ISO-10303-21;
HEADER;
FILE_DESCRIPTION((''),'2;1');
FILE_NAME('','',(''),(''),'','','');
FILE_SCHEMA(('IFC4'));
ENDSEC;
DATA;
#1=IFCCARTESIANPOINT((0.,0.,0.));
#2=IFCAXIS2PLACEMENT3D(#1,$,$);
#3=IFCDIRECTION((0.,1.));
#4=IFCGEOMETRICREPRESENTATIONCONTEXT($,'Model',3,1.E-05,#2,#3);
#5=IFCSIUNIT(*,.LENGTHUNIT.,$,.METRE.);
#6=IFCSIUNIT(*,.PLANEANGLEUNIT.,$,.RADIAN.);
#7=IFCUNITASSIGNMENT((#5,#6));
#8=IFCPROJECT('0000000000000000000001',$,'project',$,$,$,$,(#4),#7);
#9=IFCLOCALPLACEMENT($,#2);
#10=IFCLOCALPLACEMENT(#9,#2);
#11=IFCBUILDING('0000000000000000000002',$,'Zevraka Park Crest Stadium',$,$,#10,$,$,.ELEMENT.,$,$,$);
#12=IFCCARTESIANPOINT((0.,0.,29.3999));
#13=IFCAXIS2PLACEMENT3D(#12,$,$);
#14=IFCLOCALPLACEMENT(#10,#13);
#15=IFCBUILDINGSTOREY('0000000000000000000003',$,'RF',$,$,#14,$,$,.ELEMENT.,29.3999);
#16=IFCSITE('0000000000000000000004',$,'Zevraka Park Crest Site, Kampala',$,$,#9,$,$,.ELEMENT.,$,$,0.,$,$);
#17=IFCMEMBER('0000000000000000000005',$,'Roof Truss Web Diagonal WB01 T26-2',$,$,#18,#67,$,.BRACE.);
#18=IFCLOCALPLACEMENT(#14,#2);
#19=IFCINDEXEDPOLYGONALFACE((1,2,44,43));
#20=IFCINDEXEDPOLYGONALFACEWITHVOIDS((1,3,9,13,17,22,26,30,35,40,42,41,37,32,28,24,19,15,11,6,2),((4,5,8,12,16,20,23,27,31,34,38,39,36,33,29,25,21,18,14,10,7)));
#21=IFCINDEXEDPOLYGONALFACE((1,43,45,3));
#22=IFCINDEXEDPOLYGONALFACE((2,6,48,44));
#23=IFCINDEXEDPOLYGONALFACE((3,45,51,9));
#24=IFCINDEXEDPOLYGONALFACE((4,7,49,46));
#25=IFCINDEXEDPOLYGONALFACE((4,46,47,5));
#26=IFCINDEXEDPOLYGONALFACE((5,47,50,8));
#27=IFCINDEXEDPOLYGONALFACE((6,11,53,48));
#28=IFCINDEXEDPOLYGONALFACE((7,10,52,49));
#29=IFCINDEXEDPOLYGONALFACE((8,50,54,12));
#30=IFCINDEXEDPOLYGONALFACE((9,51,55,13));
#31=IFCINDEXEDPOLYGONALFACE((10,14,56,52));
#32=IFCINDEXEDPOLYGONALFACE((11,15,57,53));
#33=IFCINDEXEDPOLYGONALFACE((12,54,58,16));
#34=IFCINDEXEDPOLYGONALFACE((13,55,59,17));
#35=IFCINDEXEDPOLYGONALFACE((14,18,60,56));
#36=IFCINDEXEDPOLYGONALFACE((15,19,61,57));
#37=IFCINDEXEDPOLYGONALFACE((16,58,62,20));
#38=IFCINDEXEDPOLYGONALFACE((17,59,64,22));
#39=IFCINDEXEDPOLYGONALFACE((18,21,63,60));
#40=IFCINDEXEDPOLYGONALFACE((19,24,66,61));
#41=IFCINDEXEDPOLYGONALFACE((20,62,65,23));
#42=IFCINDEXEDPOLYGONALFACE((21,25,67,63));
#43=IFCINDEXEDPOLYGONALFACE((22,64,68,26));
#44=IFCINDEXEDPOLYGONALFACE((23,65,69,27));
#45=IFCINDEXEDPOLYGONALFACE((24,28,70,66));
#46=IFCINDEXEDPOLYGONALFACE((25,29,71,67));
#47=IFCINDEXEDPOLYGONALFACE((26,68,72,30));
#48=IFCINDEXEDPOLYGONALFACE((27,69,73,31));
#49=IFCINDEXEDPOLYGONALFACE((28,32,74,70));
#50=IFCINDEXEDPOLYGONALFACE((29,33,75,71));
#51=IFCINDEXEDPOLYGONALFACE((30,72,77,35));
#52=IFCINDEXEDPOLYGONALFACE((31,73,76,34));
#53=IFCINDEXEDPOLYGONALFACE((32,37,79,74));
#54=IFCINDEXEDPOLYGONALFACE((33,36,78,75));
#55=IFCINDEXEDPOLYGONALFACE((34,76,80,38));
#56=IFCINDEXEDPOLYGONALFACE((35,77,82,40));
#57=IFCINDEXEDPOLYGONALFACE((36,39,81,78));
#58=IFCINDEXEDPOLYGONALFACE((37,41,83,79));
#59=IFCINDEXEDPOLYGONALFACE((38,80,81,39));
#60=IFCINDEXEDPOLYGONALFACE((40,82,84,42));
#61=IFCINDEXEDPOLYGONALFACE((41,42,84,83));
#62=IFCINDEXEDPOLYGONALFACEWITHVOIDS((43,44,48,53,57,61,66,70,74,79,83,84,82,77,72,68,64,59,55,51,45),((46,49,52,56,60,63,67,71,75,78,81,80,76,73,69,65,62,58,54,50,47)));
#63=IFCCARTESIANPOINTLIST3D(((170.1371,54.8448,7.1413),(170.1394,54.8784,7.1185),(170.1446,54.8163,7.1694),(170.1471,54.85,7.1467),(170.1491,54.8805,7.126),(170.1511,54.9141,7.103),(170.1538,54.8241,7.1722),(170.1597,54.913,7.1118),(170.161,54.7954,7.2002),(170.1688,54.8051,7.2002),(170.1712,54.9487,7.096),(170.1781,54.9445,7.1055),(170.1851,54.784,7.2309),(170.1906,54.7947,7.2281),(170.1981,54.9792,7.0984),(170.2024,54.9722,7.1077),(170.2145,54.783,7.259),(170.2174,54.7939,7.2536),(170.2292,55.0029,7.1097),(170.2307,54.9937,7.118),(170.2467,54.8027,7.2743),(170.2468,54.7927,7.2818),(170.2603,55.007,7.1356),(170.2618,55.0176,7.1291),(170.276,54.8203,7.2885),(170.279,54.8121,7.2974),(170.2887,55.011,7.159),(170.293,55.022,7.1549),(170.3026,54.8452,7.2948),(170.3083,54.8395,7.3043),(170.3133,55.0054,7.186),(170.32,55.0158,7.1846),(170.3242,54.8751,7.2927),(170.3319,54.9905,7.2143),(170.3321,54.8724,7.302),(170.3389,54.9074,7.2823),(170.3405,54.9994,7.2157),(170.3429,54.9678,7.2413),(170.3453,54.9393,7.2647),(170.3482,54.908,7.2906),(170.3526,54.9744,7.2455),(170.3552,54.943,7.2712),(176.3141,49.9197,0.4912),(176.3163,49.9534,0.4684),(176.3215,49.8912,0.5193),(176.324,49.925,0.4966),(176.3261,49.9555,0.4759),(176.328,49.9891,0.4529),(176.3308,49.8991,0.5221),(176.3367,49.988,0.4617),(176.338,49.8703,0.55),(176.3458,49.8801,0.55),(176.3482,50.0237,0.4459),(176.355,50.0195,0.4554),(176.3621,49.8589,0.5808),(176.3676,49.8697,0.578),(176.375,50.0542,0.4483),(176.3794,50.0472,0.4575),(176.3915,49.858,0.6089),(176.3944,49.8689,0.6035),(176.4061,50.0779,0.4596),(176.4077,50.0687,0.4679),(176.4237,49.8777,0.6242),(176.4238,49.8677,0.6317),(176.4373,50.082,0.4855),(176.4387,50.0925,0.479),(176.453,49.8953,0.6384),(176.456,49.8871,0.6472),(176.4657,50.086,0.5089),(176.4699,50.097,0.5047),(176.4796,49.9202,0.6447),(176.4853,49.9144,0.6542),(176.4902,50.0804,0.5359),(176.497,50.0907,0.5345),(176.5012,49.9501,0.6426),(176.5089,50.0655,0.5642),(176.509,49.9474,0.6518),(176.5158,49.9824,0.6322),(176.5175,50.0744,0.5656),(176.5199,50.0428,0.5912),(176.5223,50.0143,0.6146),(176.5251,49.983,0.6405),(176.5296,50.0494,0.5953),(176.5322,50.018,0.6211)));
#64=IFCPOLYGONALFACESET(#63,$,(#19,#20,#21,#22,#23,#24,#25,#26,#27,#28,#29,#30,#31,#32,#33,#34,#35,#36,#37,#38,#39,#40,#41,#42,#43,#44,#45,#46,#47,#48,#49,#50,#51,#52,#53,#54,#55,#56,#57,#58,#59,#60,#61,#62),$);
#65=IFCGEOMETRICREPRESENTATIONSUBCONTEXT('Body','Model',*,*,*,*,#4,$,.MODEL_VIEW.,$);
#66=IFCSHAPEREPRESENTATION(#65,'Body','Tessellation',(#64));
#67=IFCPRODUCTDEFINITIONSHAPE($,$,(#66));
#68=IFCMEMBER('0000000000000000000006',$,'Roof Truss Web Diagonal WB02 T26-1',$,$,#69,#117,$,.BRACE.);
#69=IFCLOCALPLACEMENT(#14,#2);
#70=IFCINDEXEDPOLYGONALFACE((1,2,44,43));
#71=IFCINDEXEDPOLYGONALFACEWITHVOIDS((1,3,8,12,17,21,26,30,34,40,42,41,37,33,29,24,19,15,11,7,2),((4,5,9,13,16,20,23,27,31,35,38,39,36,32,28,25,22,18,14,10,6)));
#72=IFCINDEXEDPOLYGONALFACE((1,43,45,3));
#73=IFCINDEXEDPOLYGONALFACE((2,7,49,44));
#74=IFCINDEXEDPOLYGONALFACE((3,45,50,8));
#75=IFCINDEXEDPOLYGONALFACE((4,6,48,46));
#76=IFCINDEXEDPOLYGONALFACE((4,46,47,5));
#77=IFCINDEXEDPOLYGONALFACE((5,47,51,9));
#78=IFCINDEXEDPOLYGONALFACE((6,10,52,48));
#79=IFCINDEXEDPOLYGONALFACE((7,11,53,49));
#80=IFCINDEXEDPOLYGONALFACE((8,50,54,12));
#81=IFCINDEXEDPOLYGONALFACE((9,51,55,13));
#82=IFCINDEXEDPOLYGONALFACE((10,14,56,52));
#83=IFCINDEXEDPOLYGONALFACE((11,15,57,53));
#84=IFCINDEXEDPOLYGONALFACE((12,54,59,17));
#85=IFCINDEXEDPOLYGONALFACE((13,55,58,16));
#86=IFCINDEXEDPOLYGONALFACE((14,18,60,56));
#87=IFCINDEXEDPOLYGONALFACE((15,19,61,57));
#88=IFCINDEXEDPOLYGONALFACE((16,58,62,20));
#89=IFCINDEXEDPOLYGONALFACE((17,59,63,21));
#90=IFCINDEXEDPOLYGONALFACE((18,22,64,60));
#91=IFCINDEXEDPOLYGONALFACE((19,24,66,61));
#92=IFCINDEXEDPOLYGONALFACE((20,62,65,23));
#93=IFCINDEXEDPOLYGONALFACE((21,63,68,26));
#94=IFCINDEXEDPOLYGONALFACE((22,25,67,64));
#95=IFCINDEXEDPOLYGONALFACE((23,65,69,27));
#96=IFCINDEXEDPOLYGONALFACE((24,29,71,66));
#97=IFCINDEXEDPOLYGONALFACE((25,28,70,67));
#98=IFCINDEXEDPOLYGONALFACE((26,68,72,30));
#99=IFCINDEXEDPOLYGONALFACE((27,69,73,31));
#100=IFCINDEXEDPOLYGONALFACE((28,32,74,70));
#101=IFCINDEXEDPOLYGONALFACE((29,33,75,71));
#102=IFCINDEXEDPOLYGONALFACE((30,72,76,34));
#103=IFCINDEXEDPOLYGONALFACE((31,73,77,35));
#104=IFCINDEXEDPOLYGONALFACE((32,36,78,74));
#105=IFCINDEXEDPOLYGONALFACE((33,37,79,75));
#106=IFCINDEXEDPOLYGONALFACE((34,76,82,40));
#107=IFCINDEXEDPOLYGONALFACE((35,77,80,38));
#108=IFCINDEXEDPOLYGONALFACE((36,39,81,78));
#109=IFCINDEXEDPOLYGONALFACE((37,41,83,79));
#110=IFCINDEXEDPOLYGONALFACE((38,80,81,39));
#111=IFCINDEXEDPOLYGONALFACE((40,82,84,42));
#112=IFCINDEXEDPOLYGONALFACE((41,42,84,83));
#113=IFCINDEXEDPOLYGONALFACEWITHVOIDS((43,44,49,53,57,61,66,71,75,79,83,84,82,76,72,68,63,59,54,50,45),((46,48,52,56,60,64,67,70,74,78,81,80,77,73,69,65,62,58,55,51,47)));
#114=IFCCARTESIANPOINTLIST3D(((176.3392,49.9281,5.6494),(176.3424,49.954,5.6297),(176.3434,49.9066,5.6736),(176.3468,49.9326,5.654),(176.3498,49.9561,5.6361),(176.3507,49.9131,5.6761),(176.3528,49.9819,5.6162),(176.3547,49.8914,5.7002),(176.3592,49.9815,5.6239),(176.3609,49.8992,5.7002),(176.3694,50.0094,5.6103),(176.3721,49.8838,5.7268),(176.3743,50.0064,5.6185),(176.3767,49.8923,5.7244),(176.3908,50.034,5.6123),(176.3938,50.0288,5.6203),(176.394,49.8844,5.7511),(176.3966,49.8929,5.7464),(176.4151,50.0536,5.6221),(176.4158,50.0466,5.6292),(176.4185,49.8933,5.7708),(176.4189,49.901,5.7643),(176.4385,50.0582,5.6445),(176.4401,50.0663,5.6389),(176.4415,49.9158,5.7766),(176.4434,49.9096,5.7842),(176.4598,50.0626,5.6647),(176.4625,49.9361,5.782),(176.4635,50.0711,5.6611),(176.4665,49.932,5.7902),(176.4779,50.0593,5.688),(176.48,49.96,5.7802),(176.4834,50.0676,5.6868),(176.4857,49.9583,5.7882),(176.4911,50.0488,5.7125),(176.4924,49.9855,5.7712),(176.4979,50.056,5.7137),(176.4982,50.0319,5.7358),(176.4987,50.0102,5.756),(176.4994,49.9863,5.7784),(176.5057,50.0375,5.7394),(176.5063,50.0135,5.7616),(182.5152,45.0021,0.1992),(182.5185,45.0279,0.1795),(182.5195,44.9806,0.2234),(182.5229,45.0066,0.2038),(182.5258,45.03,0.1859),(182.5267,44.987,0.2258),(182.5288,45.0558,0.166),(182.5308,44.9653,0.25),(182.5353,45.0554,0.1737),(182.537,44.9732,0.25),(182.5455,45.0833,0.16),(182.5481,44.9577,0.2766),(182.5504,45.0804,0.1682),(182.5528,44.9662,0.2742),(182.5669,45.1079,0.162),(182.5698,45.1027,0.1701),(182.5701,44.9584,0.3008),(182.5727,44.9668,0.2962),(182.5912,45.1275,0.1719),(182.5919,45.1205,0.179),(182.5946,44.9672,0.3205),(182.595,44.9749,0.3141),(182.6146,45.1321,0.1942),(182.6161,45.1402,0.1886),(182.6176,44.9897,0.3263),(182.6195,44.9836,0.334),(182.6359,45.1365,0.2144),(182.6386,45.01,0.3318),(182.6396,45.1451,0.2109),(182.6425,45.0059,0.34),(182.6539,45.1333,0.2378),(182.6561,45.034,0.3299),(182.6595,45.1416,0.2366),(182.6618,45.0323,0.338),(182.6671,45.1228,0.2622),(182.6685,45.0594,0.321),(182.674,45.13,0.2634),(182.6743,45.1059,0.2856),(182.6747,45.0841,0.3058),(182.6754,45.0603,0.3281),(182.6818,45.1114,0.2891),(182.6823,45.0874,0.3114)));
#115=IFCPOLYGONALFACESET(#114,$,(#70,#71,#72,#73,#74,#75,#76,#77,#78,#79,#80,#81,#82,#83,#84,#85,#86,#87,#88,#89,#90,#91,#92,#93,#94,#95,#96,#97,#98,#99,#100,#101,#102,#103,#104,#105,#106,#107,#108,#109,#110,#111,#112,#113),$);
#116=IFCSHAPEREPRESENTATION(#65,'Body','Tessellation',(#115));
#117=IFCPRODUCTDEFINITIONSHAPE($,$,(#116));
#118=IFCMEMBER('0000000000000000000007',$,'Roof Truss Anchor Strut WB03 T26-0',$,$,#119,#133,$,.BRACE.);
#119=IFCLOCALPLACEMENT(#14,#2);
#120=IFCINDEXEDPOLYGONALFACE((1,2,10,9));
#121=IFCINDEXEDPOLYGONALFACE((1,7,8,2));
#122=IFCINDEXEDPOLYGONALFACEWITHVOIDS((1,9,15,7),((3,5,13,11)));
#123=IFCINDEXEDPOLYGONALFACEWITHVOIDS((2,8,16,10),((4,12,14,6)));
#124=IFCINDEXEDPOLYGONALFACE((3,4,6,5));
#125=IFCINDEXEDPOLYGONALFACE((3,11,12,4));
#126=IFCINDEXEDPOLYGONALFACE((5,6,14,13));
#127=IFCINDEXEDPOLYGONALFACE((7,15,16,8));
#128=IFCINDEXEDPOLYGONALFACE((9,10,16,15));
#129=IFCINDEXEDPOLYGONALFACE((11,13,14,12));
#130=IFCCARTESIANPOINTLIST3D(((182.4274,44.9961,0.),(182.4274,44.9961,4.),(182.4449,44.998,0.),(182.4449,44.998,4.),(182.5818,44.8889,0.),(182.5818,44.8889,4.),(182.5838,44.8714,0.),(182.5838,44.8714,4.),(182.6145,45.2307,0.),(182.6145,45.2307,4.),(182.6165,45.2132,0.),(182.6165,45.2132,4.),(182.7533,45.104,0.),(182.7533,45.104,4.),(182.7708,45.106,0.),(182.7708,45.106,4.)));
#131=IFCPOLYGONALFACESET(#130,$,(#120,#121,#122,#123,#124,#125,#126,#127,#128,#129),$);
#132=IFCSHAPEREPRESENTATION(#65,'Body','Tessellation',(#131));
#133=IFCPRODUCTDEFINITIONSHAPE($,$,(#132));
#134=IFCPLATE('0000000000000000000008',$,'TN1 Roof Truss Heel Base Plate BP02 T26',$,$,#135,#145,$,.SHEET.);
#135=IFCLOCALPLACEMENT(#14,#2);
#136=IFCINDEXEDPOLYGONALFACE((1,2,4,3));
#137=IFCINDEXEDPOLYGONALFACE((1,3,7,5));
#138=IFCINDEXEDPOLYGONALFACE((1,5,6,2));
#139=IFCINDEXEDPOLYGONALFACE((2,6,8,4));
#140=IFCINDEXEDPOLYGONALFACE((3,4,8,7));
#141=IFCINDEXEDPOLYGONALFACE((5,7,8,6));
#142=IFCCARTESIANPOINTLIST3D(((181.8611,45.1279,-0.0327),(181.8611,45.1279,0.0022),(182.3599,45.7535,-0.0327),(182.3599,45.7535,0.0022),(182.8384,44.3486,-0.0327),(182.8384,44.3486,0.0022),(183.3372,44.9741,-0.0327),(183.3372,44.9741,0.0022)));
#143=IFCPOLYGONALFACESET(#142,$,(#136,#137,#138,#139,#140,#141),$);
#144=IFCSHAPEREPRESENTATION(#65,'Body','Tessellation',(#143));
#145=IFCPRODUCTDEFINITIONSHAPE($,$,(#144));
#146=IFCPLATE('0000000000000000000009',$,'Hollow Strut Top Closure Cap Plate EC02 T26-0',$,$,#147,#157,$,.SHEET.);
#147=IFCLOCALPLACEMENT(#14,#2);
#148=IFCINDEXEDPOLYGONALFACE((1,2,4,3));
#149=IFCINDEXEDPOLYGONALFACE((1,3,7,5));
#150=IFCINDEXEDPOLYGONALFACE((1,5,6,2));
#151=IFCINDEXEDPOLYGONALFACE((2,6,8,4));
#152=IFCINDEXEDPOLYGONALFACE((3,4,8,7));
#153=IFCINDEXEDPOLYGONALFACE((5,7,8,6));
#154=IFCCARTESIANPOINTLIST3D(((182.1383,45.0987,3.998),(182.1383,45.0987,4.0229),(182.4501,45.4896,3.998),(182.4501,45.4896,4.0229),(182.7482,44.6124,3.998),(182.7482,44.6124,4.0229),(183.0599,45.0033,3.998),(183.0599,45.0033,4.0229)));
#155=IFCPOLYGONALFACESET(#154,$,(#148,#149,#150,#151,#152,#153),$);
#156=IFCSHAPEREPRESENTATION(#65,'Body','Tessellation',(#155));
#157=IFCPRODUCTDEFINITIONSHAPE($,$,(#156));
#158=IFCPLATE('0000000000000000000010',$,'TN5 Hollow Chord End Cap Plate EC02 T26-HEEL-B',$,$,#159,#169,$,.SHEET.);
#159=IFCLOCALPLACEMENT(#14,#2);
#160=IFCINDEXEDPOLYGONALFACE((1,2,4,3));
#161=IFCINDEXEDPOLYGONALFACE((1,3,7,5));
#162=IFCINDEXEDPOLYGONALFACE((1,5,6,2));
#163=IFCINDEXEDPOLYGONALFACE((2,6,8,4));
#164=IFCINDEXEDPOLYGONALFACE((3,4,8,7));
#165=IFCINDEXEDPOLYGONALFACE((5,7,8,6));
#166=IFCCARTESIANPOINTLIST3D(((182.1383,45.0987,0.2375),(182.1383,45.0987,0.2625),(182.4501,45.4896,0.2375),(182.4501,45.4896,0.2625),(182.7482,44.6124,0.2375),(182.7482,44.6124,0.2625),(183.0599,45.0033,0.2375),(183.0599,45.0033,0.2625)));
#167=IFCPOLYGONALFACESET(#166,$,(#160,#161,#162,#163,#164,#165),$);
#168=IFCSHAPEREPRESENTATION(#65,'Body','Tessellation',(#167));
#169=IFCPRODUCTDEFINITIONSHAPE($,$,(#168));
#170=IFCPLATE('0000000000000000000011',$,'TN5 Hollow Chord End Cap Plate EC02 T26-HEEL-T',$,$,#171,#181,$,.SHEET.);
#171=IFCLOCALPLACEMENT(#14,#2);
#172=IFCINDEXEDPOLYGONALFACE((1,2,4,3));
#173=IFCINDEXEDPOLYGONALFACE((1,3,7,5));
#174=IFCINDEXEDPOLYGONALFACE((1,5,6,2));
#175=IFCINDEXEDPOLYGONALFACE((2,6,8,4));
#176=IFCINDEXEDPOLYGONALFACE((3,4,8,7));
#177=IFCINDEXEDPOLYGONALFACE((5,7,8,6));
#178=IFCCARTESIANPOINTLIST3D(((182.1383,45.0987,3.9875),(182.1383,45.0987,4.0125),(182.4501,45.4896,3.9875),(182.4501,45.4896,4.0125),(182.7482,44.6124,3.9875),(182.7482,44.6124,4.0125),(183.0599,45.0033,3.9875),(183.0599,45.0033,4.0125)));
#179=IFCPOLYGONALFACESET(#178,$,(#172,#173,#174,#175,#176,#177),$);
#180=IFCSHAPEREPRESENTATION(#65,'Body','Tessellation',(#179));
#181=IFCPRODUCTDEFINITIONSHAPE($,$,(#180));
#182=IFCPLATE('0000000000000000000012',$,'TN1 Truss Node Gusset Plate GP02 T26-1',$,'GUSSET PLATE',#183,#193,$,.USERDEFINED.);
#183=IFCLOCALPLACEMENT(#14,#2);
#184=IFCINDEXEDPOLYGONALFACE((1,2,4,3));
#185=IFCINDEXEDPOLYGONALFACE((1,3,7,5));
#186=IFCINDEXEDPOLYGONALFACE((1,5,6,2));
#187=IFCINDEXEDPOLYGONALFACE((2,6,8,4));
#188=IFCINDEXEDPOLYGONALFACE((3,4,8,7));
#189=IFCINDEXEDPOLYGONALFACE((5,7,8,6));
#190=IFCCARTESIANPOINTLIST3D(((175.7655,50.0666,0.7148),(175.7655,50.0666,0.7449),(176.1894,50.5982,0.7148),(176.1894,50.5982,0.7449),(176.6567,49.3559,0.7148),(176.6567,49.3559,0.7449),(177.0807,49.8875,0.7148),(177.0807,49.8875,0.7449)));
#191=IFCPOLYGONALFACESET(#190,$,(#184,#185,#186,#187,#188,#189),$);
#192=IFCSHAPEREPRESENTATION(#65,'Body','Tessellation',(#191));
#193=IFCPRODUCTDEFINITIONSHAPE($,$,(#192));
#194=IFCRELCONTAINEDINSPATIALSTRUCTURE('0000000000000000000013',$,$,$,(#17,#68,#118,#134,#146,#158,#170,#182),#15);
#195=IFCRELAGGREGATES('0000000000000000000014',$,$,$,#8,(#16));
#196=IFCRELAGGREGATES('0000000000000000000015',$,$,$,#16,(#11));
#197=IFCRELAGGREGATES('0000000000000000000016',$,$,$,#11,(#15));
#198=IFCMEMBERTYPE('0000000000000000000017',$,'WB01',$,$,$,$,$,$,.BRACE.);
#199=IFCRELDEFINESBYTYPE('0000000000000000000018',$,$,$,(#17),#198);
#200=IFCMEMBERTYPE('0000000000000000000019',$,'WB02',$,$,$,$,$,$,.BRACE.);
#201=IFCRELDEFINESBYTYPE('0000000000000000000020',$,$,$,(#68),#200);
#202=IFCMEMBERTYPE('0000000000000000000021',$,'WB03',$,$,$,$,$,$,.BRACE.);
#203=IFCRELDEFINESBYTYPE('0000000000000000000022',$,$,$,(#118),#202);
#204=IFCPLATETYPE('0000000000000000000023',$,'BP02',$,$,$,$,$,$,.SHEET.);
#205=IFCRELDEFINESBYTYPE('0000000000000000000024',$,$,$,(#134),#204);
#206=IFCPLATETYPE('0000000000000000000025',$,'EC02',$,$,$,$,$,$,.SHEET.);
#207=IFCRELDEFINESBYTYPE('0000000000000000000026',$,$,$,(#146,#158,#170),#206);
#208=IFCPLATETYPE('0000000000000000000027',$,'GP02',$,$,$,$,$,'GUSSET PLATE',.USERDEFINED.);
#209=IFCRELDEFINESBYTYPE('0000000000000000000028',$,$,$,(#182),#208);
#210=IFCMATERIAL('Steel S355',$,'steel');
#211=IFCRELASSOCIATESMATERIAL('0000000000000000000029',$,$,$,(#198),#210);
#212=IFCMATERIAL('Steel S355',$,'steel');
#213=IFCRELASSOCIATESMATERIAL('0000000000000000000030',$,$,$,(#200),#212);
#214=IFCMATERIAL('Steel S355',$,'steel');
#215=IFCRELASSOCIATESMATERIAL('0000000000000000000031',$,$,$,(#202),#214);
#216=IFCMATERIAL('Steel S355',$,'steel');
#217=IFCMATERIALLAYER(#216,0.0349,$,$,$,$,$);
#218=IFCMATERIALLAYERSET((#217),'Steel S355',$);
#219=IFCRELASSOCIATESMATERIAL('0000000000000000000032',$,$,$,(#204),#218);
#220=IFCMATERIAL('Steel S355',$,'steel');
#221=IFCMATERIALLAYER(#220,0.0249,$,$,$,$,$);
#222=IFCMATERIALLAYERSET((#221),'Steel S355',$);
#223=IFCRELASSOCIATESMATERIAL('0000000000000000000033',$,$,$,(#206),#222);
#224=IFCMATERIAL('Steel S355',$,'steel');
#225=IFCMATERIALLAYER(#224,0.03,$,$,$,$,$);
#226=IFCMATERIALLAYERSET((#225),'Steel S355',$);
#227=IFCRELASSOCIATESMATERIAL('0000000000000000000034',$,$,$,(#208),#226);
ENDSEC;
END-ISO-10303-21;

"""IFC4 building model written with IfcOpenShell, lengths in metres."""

from ifc_helpers import new_model, si_unit, direction, frame, origin, origin_2d, place, context, subcontext, project, spatial, rectangle, hollow_rectangle, hollow_circle, extrude, material, layer, layer_set, material_profile, profile_set, type_object, element, save


model = new_model("IFC4")

# Units and contexts
model_context = context("Model", 3, precision=1e-05, world=origin(), true_north=direction((0.0, 1.0)))
body_context = subcontext(model_context, "Body", "Model", "MODEL_VIEW")
ifc_project = project(units=[si_unit("LENGTHUNIT", "METRE"), si_unit("PLANEANGLEUNIT", "RADIAN")], contexts=[model_context])

# Site, building, storey
site_placement = place(None, origin())
site = spatial("IfcSite", under=ifc_project, at=site_placement, Name="Zevraka Park Crest Site, Kampala", CompositionType="ELEMENT", RefElevation=0.0)
building_placement = place(site_placement, origin())
building = spatial("IfcBuilding", under=site, at=building_placement, Name="Zevraka Park Crest Stadium", CompositionType="ELEMENT")
storey_placement = place(building_placement, frame((0.0, 0.0, 29.3999)))
storey = spatial("IfcBuildingStorey", under=building, at=storey_placement, Name="RF", CompositionType="ELEMENT", Elevation=29.3999)

# Members
ifc_material_1 = material(Name="Steel S355", Category="steel")
ifc_material_profile_1 = material_profile(ifc_material_1, hollow_circle(Radius=0.1365, WallThickness=0.0125, at=origin_2d()), Name="CHS 273.0x12.5")
ifc_profile_set_1 = profile_set([ifc_material_profile_1], Name="Steel S355")
member_type_1 = type_object("IfcMemberType", Name="WB01", PredefinedType="BRACE", material=ifc_profile_set_1)
member_1_placement = place(storey_placement, frame((176.4231, 49.9771, 0.55), z_axis=(-0.598172, 0.476935, 0.643991), x_axis=(-0.623417, -0.78189, 0.0)))
element("IfcMember", 1, at=member_1_placement, inside=storey, type_object=member_type_1, Name="Roof Truss Web Diagonal WB01 T26-2", PredefinedType="BRACE", context=body_context, shape_type="SweptSolid", body=[
    extrude(hollow_circle(Radius=0.1365, WallThickness=0.0125, at=origin_2d()), origin(), (0.0, 0.0, 1.0), 10.3264),
])
ifc_material_2 = material(Name="Steel S355", Category="steel")
ifc_material_profile_2 = material_profile(ifc_material_2, hollow_circle(Radius=0.1096, WallThickness=0.01, at=origin_2d()), Name="CHS 219.1x10")
ifc_profile_set_2 = profile_set([ifc_material_profile_2], Name="Steel S355")
member_type_2 = type_object("IfcMemberType", Name="WB02", PredefinedType="BRACE", material=ifc_profile_set_2)
member_2_placement = place(storey_placement, frame((182.5991, 45.051, 0.25), z_axis=(-0.643498, 0.513257, 0.567872), x_axis=(-0.623552, -0.781782, 0.0)))
element("IfcMember", 2, at=member_2_placement, inside=storey, type_object=member_type_2, Name="Roof Truss Web Diagonal WB02 T26-1", PredefinedType="BRACE", context=body_context, shape_type="SweptSolid", body=[
    extrude(hollow_circle(Radius=0.1096, WallThickness=0.01, at=origin_2d()), origin(), (0.0, 0.0, 1.0), 9.5977),
])
ifc_material_3 = material(Name="Steel S355", Category="steel")
ifc_material_profile_3 = material_profile(ifc_material_3, hollow_rectangle(XDim=0.2, YDim=0.3, WallThickness=0.0125, at=origin_2d()), Name="RHS 300x200x12.5")
ifc_profile_set_3 = profile_set([ifc_material_profile_3], Name="Steel S355")
member_type_3 = type_object("IfcMemberType", Name="WB03", PredefinedType="BRACE", material=ifc_profile_set_3)
member_3_placement = place(storey_placement, frame((182.5991, 45.051, 0.0), z_axis=(0.0, 0.0, 1.0), x_axis=(-0.781847, 0.62347, 0.0)))
element("IfcMember", 3, at=member_3_placement, inside=storey, type_object=member_type_3, Name="Roof Truss Anchor Strut WB03 T26-0", PredefinedType="BRACE", context=body_context, shape_type="SweptSolid", body=[
    extrude(hollow_rectangle(XDim=0.2, YDim=0.3, WallThickness=0.0125, at=origin_2d()), origin(), (0.0, 0.0, 1.0), 4.0),
])

# Plates
ifc_material_4 = material(Name="Steel S355", Category="steel")
ifc_layer_1 = layer(ifc_material_4, 0.0349)
ifc_layer_set_1 = layer_set([ifc_layer_1], Name="Steel S355")
plate_type_1 = type_object("IfcPlateType", Name="BP02", PredefinedType="SHEET", material=ifc_layer_set_1)
plate_1_placement = place(storey_placement, frame((182.5991, 45.051, -0.0327), z_axis=(0.0, 0.0, 1.0), x_axis=(-0.781847, 0.62347, 0.0)))
element("IfcPlate", 4, at=plate_1_placement, inside=storey, type_object=plate_type_1, Name="TN1 Roof Truss Heel Base Plate BP02 T26", PredefinedType="SHEET", context=body_context, shape_type="SweptSolid", body=[
    extrude(rectangle(XDim=1.25, YDim=0.8, at=origin_2d()), origin(), (0.0, 0.0, 1.0), 0.0349),
])
ifc_material_5 = material(Name="Steel S355", Category="steel")
ifc_layer_2 = layer(ifc_material_5, 0.0249)
ifc_layer_set_2 = layer_set([ifc_layer_2], Name="Steel S355")
plate_type_2 = type_object("IfcPlateType", Name="EC02", PredefinedType="SHEET", material=ifc_layer_set_2)
for number, where, z_axis, x_axis, name in (
    (5, (182.5991, 45.051, 3.998), (0.0, 0.0, 1.0), (-0.781847, 0.62347, 0.0), "Hollow Strut Top Closure Cap Plate EC02 T26-0"),
    (6, (182.5991, 45.051, 0.2375), (0.0, 0.0, 1.0), (-0.781847, 0.62347, 0.0), "TN5 Hollow Chord End Cap Plate EC02 T26-HEEL-B"),
    (7, (182.5991, 45.051, 3.9875), (0.0, 0.0, 1.0), (-0.781847, 0.62347, 0.0), "TN5 Hollow Chord End Cap Plate EC02 T26-HEEL-T"),
):
    element("IfcPlate", number, at=place(storey_placement, frame(where, z_axis=z_axis, x_axis=x_axis)), inside=storey, type_object=plate_type_2, Name=name, PredefinedType="SHEET", context=body_context, shape_type="SweptSolid", body=[
        extrude(rectangle(XDim=0.78, YDim=0.5, at=origin_2d()), origin(), (0.0, 0.0, 1.0), 0.0249),
    ])
ifc_material_6 = material(Name="Steel S355", Category="steel")
ifc_layer_3 = layer(ifc_material_6, 0.03)
ifc_layer_set_3 = layer_set([ifc_layer_3], Name="Steel S355")
plate_type_3 = type_object("IfcPlateType", Name="GP02", ElementType="GUSSET PLATE", PredefinedType="USERDEFINED", material=ifc_layer_set_3)
plate_2_placement = place(storey_placement, frame((176.4231, 49.9771, 0.7148), z_axis=(0.0, 0.0, 1.0), x_axis=(-0.781847, 0.62347, 0.0)))
element("IfcPlate", 8, at=plate_2_placement, inside=storey, type_object=plate_type_3, Name="TN1 Truss Node Gusset Plate GP02 T26-1", ObjectType="GUSSET PLATE", PredefinedType="USERDEFINED", context=body_context, shape_type="SweptSolid", body=[
    extrude(rectangle(XDim=1.1399, YDim=0.6799, at=origin_2d()), origin(), (0.0, 0.0, 1.0), 0.03),
])

save(model, "model.ifc")
